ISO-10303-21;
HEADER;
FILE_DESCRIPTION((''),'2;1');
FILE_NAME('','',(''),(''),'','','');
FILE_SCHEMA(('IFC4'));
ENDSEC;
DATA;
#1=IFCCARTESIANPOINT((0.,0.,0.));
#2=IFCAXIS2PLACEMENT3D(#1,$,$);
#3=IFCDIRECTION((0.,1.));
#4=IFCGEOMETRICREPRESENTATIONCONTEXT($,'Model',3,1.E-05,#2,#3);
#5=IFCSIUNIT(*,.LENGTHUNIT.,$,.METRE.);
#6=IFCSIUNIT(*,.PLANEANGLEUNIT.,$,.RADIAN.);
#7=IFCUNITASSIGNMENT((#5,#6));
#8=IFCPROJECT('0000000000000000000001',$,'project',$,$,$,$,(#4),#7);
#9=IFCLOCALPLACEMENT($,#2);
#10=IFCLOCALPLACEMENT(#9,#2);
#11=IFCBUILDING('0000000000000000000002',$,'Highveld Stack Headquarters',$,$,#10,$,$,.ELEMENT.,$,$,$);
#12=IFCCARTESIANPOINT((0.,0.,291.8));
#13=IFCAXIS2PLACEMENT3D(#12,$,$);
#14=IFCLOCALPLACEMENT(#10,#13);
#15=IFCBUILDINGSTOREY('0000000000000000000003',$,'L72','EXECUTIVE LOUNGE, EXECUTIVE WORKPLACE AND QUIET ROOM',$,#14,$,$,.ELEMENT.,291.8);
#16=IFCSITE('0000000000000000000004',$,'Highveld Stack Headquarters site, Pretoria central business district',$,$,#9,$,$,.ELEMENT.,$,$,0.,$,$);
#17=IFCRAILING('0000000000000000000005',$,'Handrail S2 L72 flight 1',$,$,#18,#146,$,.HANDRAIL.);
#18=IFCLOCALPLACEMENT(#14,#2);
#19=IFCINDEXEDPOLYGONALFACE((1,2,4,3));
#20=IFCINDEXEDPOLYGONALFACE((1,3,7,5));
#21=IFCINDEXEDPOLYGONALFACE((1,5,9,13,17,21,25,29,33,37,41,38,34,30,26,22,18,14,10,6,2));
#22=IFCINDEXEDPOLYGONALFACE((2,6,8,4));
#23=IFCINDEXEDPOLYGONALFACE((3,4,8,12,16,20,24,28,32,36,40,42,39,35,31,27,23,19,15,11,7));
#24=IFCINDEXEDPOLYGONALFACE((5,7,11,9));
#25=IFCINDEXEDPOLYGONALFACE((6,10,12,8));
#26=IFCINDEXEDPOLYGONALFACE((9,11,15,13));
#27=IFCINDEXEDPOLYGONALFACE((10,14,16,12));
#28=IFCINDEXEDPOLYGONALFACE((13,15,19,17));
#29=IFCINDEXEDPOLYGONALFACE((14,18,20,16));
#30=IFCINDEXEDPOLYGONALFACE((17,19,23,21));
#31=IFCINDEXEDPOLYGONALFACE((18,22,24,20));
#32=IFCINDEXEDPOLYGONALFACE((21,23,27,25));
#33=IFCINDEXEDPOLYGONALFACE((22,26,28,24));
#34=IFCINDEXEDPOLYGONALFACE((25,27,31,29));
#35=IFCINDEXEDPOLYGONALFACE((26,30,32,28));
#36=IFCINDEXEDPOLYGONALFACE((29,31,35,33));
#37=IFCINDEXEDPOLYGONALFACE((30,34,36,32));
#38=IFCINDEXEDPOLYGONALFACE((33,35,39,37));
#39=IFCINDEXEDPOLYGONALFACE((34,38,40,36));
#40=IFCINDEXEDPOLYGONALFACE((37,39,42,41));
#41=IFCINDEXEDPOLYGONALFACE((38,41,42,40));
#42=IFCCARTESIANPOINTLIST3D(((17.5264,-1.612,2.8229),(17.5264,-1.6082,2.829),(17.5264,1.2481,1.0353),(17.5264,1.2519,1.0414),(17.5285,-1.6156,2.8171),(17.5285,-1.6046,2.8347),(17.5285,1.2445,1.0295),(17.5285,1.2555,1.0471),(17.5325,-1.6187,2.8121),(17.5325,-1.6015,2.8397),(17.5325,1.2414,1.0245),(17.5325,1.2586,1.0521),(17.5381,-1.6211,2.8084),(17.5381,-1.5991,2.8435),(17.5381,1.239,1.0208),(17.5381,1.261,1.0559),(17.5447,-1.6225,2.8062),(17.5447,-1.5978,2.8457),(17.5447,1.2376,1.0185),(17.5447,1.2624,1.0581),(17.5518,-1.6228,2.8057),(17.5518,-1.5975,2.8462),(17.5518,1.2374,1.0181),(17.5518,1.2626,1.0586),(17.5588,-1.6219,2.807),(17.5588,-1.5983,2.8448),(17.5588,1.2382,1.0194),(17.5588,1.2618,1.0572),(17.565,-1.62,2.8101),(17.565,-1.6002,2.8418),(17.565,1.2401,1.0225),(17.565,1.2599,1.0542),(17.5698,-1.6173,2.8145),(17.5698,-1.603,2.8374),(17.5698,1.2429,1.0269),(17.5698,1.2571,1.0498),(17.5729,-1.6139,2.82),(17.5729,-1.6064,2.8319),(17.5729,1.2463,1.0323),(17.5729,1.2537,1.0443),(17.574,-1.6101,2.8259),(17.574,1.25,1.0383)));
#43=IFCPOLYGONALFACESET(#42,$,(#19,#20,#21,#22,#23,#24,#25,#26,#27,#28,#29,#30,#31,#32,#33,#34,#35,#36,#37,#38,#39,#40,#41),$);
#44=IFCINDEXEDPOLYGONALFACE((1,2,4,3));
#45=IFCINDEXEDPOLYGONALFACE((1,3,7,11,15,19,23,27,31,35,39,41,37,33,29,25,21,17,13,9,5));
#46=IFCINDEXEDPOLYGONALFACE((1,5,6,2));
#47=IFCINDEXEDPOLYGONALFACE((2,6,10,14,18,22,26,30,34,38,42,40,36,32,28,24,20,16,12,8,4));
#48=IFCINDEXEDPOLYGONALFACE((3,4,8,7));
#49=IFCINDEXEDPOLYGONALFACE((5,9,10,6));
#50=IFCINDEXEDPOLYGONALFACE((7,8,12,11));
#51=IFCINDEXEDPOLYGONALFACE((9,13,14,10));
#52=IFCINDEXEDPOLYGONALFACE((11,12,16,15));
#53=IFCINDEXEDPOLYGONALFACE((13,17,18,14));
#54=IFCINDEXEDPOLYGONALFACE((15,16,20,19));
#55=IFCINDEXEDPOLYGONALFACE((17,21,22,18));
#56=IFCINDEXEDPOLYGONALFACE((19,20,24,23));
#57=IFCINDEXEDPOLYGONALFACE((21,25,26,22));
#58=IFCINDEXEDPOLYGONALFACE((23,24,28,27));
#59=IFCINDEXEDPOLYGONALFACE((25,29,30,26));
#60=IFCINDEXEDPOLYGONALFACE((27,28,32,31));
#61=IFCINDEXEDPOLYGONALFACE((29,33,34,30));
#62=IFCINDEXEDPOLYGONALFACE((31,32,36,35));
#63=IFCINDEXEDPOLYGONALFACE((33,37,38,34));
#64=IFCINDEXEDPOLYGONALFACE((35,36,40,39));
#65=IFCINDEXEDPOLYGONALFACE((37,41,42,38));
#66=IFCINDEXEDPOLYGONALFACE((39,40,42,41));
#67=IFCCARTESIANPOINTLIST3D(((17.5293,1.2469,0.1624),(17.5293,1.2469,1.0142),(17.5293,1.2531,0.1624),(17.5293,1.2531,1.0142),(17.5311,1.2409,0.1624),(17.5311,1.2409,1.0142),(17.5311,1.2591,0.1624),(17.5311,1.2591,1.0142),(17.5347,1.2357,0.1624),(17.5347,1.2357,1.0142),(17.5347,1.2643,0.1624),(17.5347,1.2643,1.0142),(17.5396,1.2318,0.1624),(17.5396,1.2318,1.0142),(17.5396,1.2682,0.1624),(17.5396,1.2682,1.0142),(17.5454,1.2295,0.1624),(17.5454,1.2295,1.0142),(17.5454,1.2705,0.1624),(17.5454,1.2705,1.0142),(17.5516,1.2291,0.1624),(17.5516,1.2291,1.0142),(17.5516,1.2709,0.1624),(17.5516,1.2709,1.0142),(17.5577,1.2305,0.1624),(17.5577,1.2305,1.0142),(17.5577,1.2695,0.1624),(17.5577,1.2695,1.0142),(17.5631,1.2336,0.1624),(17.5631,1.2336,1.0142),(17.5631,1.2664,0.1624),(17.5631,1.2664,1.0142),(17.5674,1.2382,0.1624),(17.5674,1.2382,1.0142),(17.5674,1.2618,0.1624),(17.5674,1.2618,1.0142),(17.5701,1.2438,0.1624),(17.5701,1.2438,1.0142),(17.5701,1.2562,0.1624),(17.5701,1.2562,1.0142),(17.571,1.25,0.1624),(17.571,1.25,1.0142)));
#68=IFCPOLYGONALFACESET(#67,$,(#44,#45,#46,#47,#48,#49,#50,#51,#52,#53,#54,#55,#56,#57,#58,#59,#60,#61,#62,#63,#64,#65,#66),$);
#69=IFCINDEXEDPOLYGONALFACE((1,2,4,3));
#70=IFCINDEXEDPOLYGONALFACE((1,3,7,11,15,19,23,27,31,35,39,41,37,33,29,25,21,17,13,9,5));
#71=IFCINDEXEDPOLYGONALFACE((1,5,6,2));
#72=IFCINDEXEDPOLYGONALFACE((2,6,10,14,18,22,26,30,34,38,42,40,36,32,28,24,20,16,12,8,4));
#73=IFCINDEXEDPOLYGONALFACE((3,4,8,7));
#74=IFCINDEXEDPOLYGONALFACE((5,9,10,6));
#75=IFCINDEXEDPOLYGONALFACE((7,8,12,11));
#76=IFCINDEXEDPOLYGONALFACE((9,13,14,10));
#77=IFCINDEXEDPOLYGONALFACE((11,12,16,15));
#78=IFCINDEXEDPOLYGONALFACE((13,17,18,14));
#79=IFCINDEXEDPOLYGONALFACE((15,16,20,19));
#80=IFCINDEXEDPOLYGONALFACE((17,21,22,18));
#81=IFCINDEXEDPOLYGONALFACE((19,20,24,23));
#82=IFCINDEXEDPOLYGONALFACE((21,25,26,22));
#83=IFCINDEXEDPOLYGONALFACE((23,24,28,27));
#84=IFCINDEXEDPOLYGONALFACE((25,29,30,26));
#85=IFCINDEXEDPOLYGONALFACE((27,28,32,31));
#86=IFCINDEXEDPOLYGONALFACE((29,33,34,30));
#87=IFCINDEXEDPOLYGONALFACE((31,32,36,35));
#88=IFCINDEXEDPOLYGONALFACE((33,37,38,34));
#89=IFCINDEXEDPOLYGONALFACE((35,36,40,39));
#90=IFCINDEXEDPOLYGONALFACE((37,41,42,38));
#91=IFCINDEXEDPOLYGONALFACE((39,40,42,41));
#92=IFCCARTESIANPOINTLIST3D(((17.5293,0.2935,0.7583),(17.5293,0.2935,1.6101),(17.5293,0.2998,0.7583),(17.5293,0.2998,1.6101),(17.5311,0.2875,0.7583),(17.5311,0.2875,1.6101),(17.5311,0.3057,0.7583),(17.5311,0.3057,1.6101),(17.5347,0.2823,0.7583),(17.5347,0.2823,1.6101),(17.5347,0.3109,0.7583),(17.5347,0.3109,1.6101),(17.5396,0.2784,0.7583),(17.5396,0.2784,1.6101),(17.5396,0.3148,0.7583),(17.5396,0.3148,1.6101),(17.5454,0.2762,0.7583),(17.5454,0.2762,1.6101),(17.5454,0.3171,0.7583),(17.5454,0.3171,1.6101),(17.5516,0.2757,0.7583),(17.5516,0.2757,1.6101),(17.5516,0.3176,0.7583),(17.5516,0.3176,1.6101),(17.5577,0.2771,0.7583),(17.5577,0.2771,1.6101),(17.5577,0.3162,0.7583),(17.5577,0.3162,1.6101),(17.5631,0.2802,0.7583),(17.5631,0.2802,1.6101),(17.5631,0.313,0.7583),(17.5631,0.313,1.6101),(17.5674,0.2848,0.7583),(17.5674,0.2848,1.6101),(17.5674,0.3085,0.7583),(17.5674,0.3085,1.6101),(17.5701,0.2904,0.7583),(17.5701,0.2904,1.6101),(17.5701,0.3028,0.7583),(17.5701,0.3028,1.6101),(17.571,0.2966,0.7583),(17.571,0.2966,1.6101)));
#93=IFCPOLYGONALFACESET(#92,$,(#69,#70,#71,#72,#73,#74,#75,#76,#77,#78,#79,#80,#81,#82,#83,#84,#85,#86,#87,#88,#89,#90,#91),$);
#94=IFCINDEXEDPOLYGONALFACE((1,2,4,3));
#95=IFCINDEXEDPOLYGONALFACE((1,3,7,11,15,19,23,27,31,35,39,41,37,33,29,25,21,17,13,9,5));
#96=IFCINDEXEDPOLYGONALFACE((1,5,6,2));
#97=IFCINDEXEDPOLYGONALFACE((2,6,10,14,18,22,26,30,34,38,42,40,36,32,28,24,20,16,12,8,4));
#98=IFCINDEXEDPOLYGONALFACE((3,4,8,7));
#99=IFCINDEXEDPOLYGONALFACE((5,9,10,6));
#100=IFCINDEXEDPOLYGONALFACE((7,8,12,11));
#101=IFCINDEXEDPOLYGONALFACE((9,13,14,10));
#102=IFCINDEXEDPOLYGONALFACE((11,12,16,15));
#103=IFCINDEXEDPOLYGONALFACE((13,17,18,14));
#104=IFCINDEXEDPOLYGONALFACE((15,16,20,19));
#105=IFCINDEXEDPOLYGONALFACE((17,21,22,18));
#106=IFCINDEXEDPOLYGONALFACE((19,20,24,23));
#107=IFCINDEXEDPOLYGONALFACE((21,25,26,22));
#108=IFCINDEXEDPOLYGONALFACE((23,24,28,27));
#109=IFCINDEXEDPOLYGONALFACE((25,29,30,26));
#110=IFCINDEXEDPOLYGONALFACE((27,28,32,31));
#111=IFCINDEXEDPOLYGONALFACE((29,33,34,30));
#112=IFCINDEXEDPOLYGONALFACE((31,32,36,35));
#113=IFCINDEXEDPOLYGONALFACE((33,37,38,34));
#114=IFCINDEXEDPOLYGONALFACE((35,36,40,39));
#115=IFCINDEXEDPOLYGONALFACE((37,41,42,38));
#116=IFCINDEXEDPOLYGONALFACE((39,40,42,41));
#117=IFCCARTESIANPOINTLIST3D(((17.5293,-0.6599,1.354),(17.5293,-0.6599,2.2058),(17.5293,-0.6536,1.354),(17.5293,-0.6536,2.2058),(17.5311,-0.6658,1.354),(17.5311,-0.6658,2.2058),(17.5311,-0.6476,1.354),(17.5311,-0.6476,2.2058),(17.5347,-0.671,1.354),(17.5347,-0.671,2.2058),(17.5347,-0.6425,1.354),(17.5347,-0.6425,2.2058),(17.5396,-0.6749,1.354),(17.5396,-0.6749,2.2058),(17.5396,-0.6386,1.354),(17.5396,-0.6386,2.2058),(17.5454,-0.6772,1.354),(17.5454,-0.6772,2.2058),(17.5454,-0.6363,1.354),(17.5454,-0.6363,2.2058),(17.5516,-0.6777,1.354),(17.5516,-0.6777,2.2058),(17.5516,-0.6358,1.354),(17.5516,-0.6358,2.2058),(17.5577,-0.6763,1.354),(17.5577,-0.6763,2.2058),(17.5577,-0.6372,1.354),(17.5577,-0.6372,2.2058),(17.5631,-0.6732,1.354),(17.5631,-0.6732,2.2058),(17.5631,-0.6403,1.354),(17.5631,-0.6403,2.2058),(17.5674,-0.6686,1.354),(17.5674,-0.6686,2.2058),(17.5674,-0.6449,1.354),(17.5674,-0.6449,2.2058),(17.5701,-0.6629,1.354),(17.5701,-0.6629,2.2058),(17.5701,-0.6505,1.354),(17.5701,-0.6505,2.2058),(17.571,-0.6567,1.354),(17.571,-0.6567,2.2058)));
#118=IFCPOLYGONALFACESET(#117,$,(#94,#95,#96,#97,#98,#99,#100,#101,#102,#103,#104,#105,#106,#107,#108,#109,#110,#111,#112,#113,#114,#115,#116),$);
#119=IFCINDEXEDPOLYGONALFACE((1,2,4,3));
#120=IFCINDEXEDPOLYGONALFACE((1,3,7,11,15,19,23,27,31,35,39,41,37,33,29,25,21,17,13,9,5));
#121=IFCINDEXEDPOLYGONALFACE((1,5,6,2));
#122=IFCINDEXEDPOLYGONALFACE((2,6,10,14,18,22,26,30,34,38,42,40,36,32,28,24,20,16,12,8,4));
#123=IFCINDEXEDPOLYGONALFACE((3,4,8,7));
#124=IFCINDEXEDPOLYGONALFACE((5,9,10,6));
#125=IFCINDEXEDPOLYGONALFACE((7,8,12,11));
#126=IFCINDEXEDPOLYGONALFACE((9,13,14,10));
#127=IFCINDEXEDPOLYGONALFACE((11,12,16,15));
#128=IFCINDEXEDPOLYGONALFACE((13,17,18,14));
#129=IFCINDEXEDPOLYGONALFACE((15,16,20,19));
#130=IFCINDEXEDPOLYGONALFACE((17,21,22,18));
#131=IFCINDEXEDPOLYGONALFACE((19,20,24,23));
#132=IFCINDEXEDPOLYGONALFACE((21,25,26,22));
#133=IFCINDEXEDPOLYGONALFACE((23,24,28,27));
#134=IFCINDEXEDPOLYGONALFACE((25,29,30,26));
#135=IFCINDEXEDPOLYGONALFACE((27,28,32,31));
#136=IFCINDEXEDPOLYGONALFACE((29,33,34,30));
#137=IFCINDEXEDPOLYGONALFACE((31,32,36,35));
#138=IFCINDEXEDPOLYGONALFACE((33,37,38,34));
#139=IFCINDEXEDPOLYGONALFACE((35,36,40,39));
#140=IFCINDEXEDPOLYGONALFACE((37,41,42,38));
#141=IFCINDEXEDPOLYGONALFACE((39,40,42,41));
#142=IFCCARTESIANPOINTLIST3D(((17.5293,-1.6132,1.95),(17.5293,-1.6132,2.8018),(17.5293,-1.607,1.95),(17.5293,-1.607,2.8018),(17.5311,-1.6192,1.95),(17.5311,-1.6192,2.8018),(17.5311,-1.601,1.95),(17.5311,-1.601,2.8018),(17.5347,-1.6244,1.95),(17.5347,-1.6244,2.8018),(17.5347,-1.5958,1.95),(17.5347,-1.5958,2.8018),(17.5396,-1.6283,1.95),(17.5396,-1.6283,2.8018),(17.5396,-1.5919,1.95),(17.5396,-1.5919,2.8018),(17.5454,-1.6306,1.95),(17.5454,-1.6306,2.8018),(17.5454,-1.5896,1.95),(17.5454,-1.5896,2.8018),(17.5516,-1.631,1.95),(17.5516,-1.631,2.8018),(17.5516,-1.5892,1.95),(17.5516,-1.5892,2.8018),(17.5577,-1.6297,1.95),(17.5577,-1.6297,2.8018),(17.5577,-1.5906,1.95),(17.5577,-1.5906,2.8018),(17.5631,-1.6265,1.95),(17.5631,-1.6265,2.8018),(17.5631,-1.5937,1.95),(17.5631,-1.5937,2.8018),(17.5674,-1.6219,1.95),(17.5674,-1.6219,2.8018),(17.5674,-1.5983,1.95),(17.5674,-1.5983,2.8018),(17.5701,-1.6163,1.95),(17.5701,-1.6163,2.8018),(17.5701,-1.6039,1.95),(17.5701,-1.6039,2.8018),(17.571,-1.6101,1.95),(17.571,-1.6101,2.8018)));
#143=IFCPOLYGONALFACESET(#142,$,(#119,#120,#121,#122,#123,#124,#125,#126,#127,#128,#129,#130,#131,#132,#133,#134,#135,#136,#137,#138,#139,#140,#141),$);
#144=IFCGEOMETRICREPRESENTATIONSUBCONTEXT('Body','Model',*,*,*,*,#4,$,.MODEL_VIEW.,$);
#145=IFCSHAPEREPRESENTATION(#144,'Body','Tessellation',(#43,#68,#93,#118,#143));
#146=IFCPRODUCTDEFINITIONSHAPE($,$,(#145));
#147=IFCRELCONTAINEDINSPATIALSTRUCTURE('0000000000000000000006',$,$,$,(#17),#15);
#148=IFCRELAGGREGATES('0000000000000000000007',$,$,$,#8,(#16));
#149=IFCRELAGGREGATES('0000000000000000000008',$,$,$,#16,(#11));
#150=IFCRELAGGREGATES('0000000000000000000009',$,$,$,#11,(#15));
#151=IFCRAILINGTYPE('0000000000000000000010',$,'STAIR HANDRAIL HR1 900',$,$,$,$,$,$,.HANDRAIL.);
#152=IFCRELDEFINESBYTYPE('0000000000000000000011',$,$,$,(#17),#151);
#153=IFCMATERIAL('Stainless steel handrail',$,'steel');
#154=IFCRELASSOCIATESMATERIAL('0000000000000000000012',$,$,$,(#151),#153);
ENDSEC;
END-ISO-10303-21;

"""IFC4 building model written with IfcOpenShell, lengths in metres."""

from ifc_helpers import new_model, si_unit, direction, frame, origin, origin_2d, place, context, subcontext, project, spatial, circle, extrude, material, type_object, element, save


model = new_model("IFC4")

# Units and contexts
model_context = context("Model", 3, precision=1e-05, world=origin(), true_north=direction((0.0, 1.0)))
body_context = subcontext(model_context, "Body", "Model", "MODEL_VIEW")
ifc_project = project(units=[si_unit("LENGTHUNIT", "METRE"), si_unit("PLANEANGLEUNIT", "RADIAN")], contexts=[model_context])

# Site, building, storey
site_placement = place(None, origin())
site = spatial("IfcSite", under=ifc_project, at=site_placement, Name="Highveld Stack Headquarters site, Pretoria central business district", CompositionType="ELEMENT", RefElevation=0.0)
building_placement = place(site_placement, origin())
building = spatial("IfcBuilding", under=site, at=building_placement, Name="Highveld Stack Headquarters", CompositionType="ELEMENT")
storey_placement = place(building_placement, frame((0.0, 0.0, 291.8)))
storey = spatial("IfcBuildingStorey", under=building, at=storey_placement, Name="L72", Description="EXECUTIVE LOUNGE, EXECUTIVE WORKPLACE AND QUIET ROOM", CompositionType="ELEMENT", Elevation=291.8)

# Railing
ifc_material_1 = material(Name="Stainless steel handrail", Category="steel")
railing_type = type_object("IfcRailingType", Name="STAIR HANDRAIL HR1 900", PredefinedType="HANDRAIL", material=ifc_material_1)
for number, where, name in (
    (1, (17.55, 1.25, 0.1624), "Handrail S2 L72 flight 1"),
):
    element("IfcRailing", number, at=place(storey_placement, frame(where)), inside=storey, type_object=railing_type, Name=name, PredefinedType="HANDRAIL", context=body_context, shape_type="SweptSolid", body=[
        extrude(circle(Radius=0.0239, at=origin_2d()), frame((0.0, 0.0, 0.876), z_axis=(0.0, -0.847994, 0.530005), x_axis=(1.0, 0.0, 0.0)), (0.0, 0.0, 1.0), 3.3728),
        extrude(circle(Radius=0.021, at=origin_2d()), origin(), (0.0, 0.0, 1.0), 0.8518),
        extrude(circle(Radius=0.021, at=origin_2d()), frame((0.0, -0.9534, 0.5959)), (0.0, 0.0, 1.0), 0.8518),
        extrude(circle(Radius=0.021, at=origin_2d()), frame((0.0, -1.9067, 1.1917)), (0.0, 0.0, 1.0), 0.8518),
        extrude(circle(Radius=0.021, at=origin_2d()), frame((0.0, -2.8601, 1.7876)), (0.0, 0.0, 1.0), 0.8518),
    ])

save(model, "model.ifc")
